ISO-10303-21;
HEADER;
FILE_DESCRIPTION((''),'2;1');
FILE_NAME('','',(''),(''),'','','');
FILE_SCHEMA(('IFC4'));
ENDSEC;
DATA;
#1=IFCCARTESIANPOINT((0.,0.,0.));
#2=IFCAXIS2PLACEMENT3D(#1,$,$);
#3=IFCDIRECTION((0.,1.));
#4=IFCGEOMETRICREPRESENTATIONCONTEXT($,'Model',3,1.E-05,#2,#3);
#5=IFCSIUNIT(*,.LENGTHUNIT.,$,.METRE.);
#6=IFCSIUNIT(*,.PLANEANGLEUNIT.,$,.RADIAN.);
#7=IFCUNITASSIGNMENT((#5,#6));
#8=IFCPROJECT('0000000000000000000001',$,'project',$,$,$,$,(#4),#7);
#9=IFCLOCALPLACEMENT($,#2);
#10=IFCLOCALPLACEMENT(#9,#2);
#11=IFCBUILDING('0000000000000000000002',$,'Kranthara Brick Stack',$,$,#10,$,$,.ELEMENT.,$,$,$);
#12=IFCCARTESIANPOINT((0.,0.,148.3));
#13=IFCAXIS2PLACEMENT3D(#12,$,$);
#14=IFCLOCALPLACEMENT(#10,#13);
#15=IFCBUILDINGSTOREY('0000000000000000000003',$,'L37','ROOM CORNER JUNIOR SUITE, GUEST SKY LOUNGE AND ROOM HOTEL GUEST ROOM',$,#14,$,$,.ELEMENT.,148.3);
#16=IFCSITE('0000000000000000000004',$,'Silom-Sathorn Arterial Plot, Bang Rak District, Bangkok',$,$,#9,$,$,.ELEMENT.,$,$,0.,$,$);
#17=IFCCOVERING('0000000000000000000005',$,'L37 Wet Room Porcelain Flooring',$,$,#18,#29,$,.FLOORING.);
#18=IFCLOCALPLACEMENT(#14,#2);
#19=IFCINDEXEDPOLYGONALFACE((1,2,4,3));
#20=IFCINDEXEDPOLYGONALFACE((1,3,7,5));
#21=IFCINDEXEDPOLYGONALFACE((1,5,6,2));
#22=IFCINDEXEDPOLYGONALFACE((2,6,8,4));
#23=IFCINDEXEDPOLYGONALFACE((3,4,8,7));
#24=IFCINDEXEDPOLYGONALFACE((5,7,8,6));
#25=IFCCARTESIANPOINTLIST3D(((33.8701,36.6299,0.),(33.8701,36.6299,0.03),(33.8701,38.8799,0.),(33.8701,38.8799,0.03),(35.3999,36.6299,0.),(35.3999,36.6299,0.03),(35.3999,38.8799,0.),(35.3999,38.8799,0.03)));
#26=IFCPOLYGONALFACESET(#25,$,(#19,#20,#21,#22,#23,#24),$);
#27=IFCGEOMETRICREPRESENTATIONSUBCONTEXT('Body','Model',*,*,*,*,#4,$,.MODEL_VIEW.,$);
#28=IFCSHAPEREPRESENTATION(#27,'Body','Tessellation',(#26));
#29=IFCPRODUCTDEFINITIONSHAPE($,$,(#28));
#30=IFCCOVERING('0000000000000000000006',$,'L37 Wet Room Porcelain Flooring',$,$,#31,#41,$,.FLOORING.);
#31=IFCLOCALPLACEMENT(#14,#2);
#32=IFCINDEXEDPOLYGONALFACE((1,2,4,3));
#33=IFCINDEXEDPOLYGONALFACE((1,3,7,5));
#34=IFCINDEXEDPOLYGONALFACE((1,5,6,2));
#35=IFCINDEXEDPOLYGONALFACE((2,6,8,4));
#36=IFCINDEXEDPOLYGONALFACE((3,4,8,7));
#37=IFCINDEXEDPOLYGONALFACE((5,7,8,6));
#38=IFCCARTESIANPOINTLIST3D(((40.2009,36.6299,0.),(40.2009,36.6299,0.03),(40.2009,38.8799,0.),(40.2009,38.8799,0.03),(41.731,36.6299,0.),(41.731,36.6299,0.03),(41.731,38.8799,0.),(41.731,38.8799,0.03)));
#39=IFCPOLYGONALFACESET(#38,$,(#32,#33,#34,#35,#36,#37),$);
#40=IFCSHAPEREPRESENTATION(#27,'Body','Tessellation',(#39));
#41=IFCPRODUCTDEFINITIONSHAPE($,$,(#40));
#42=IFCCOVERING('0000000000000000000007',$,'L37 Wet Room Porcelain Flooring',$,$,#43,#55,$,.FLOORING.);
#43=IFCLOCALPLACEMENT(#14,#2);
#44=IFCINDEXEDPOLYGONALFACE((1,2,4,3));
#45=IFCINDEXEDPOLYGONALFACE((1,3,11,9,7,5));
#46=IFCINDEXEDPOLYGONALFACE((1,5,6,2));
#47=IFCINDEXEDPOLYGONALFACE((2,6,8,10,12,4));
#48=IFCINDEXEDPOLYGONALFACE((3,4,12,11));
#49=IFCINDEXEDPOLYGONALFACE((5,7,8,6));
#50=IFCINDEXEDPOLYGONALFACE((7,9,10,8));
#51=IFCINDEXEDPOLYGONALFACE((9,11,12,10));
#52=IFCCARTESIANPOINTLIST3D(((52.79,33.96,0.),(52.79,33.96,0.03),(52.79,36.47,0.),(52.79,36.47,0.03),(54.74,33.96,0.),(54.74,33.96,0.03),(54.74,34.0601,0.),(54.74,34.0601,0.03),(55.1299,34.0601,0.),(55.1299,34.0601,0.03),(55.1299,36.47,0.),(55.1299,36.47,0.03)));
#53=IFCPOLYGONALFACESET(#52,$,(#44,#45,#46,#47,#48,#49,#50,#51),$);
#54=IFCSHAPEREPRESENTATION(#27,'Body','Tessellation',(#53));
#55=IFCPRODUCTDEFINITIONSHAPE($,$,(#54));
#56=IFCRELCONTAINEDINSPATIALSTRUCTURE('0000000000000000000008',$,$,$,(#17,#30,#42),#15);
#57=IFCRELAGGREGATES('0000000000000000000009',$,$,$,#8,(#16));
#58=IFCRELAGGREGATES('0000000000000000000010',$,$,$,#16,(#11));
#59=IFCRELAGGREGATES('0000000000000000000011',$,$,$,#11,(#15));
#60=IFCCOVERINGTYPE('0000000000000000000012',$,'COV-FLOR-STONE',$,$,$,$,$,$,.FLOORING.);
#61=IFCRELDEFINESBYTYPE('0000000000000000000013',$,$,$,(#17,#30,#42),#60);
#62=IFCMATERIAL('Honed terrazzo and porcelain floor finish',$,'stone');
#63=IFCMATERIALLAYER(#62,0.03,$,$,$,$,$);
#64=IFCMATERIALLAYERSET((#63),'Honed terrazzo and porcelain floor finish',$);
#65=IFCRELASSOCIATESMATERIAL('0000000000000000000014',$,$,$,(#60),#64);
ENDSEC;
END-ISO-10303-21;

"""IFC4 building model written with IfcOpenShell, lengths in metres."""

from ifc_helpers import new_model, si_unit, direction, frame, origin, place, context, subcontext, project, spatial, polyline, outline, extrude, material, layer, layer_set, type_object, element, save


model = new_model("IFC4")

# Units and contexts
model_context = context("Model", 3, precision=1e-05, world=origin(), true_north=direction((0.0, 1.0)))
body_context = subcontext(model_context, "Body", "Model", "MODEL_VIEW")
ifc_project = project(units=[si_unit("LENGTHUNIT", "METRE"), si_unit("PLANEANGLEUNIT", "RADIAN")], contexts=[model_context])

# Site, building, storey
site_placement = place(None, origin())
site = spatial("IfcSite", under=ifc_project, at=site_placement, Name="Silom-Sathorn Arterial Plot, Bang Rak District, Bangkok", CompositionType="ELEMENT", RefElevation=0.0)
building_placement = place(site_placement, origin())
building = spatial("IfcBuilding", under=site, at=building_placement, Name="Kranthara Brick Stack", CompositionType="ELEMENT")
storey_placement = place(building_placement, frame((0.0, 0.0, 148.3)))
storey = spatial("IfcBuildingStorey", under=building, at=storey_placement, Name="L37", Description="ROOM CORNER JUNIOR SUITE, GUEST SKY LOUNGE AND ROOM HOTEL GUEST ROOM", CompositionType="ELEMENT", Elevation=148.3)

# Coverings
ifc_material_1 = material(Name="Honed terrazzo and porcelain floor finish", Category="stone")
ifc_layer_1 = layer(ifc_material_1, 0.03)
ifc_layer_set_1 = layer_set([ifc_layer_1], Name="Honed terrazzo and porcelain floor finish")
covering_type_1 = type_object("IfcCoveringType", Name="COV-FLOR-STONE", PredefinedType="FLOORING", material=ifc_layer_set_1)
covering_1_placement = place(storey_placement, origin())
element("IfcCovering", 1, at=covering_1_placement, inside=storey, type_object=covering_type_1, Name="L37 Wet Room Porcelain Flooring", PredefinedType="FLOORING", context=body_context, shape_type="SweptSolid", body=[
    extrude(outline(polyline([(33.8701, 36.6299), (33.8701, 38.8799), (35.3999, 38.8799), (35.3999, 36.6299), (33.8701, 36.6299)])), origin(), (0.0, 0.0, 1.0), 0.03),
])
covering_2_placement = place(storey_placement, origin())
element("IfcCovering", 2, at=covering_2_placement, inside=storey, type_object=covering_type_1, Name="L37 Wet Room Porcelain Flooring", PredefinedType="FLOORING", context=body_context, shape_type="SweptSolid", body=[
    extrude(outline(polyline([(40.2009, 36.6299), (40.2009, 38.8799), (41.731, 38.8799), (41.731, 36.6299), (40.2009, 36.6299)])), origin(), (0.0, 0.0, 1.0), 0.03),
])
covering_3_placement = place(storey_placement, origin())
element("IfcCovering", 3, at=covering_3_placement, inside=storey, type_object=covering_type_1, Name="L37 Wet Room Porcelain Flooring", PredefinedType="FLOORING", context=body_context, shape_type="SweptSolid", body=[
    extrude(outline(polyline([(52.79, 36.47), (55.1299, 36.47), (55.1299, 34.0601), (54.74, 34.0601), (54.74, 33.96), (52.79, 33.96), (52.79, 36.47)])), origin(), (0.0, 0.0, 1.0), 0.03),
])

save(model, "model.ifc")
